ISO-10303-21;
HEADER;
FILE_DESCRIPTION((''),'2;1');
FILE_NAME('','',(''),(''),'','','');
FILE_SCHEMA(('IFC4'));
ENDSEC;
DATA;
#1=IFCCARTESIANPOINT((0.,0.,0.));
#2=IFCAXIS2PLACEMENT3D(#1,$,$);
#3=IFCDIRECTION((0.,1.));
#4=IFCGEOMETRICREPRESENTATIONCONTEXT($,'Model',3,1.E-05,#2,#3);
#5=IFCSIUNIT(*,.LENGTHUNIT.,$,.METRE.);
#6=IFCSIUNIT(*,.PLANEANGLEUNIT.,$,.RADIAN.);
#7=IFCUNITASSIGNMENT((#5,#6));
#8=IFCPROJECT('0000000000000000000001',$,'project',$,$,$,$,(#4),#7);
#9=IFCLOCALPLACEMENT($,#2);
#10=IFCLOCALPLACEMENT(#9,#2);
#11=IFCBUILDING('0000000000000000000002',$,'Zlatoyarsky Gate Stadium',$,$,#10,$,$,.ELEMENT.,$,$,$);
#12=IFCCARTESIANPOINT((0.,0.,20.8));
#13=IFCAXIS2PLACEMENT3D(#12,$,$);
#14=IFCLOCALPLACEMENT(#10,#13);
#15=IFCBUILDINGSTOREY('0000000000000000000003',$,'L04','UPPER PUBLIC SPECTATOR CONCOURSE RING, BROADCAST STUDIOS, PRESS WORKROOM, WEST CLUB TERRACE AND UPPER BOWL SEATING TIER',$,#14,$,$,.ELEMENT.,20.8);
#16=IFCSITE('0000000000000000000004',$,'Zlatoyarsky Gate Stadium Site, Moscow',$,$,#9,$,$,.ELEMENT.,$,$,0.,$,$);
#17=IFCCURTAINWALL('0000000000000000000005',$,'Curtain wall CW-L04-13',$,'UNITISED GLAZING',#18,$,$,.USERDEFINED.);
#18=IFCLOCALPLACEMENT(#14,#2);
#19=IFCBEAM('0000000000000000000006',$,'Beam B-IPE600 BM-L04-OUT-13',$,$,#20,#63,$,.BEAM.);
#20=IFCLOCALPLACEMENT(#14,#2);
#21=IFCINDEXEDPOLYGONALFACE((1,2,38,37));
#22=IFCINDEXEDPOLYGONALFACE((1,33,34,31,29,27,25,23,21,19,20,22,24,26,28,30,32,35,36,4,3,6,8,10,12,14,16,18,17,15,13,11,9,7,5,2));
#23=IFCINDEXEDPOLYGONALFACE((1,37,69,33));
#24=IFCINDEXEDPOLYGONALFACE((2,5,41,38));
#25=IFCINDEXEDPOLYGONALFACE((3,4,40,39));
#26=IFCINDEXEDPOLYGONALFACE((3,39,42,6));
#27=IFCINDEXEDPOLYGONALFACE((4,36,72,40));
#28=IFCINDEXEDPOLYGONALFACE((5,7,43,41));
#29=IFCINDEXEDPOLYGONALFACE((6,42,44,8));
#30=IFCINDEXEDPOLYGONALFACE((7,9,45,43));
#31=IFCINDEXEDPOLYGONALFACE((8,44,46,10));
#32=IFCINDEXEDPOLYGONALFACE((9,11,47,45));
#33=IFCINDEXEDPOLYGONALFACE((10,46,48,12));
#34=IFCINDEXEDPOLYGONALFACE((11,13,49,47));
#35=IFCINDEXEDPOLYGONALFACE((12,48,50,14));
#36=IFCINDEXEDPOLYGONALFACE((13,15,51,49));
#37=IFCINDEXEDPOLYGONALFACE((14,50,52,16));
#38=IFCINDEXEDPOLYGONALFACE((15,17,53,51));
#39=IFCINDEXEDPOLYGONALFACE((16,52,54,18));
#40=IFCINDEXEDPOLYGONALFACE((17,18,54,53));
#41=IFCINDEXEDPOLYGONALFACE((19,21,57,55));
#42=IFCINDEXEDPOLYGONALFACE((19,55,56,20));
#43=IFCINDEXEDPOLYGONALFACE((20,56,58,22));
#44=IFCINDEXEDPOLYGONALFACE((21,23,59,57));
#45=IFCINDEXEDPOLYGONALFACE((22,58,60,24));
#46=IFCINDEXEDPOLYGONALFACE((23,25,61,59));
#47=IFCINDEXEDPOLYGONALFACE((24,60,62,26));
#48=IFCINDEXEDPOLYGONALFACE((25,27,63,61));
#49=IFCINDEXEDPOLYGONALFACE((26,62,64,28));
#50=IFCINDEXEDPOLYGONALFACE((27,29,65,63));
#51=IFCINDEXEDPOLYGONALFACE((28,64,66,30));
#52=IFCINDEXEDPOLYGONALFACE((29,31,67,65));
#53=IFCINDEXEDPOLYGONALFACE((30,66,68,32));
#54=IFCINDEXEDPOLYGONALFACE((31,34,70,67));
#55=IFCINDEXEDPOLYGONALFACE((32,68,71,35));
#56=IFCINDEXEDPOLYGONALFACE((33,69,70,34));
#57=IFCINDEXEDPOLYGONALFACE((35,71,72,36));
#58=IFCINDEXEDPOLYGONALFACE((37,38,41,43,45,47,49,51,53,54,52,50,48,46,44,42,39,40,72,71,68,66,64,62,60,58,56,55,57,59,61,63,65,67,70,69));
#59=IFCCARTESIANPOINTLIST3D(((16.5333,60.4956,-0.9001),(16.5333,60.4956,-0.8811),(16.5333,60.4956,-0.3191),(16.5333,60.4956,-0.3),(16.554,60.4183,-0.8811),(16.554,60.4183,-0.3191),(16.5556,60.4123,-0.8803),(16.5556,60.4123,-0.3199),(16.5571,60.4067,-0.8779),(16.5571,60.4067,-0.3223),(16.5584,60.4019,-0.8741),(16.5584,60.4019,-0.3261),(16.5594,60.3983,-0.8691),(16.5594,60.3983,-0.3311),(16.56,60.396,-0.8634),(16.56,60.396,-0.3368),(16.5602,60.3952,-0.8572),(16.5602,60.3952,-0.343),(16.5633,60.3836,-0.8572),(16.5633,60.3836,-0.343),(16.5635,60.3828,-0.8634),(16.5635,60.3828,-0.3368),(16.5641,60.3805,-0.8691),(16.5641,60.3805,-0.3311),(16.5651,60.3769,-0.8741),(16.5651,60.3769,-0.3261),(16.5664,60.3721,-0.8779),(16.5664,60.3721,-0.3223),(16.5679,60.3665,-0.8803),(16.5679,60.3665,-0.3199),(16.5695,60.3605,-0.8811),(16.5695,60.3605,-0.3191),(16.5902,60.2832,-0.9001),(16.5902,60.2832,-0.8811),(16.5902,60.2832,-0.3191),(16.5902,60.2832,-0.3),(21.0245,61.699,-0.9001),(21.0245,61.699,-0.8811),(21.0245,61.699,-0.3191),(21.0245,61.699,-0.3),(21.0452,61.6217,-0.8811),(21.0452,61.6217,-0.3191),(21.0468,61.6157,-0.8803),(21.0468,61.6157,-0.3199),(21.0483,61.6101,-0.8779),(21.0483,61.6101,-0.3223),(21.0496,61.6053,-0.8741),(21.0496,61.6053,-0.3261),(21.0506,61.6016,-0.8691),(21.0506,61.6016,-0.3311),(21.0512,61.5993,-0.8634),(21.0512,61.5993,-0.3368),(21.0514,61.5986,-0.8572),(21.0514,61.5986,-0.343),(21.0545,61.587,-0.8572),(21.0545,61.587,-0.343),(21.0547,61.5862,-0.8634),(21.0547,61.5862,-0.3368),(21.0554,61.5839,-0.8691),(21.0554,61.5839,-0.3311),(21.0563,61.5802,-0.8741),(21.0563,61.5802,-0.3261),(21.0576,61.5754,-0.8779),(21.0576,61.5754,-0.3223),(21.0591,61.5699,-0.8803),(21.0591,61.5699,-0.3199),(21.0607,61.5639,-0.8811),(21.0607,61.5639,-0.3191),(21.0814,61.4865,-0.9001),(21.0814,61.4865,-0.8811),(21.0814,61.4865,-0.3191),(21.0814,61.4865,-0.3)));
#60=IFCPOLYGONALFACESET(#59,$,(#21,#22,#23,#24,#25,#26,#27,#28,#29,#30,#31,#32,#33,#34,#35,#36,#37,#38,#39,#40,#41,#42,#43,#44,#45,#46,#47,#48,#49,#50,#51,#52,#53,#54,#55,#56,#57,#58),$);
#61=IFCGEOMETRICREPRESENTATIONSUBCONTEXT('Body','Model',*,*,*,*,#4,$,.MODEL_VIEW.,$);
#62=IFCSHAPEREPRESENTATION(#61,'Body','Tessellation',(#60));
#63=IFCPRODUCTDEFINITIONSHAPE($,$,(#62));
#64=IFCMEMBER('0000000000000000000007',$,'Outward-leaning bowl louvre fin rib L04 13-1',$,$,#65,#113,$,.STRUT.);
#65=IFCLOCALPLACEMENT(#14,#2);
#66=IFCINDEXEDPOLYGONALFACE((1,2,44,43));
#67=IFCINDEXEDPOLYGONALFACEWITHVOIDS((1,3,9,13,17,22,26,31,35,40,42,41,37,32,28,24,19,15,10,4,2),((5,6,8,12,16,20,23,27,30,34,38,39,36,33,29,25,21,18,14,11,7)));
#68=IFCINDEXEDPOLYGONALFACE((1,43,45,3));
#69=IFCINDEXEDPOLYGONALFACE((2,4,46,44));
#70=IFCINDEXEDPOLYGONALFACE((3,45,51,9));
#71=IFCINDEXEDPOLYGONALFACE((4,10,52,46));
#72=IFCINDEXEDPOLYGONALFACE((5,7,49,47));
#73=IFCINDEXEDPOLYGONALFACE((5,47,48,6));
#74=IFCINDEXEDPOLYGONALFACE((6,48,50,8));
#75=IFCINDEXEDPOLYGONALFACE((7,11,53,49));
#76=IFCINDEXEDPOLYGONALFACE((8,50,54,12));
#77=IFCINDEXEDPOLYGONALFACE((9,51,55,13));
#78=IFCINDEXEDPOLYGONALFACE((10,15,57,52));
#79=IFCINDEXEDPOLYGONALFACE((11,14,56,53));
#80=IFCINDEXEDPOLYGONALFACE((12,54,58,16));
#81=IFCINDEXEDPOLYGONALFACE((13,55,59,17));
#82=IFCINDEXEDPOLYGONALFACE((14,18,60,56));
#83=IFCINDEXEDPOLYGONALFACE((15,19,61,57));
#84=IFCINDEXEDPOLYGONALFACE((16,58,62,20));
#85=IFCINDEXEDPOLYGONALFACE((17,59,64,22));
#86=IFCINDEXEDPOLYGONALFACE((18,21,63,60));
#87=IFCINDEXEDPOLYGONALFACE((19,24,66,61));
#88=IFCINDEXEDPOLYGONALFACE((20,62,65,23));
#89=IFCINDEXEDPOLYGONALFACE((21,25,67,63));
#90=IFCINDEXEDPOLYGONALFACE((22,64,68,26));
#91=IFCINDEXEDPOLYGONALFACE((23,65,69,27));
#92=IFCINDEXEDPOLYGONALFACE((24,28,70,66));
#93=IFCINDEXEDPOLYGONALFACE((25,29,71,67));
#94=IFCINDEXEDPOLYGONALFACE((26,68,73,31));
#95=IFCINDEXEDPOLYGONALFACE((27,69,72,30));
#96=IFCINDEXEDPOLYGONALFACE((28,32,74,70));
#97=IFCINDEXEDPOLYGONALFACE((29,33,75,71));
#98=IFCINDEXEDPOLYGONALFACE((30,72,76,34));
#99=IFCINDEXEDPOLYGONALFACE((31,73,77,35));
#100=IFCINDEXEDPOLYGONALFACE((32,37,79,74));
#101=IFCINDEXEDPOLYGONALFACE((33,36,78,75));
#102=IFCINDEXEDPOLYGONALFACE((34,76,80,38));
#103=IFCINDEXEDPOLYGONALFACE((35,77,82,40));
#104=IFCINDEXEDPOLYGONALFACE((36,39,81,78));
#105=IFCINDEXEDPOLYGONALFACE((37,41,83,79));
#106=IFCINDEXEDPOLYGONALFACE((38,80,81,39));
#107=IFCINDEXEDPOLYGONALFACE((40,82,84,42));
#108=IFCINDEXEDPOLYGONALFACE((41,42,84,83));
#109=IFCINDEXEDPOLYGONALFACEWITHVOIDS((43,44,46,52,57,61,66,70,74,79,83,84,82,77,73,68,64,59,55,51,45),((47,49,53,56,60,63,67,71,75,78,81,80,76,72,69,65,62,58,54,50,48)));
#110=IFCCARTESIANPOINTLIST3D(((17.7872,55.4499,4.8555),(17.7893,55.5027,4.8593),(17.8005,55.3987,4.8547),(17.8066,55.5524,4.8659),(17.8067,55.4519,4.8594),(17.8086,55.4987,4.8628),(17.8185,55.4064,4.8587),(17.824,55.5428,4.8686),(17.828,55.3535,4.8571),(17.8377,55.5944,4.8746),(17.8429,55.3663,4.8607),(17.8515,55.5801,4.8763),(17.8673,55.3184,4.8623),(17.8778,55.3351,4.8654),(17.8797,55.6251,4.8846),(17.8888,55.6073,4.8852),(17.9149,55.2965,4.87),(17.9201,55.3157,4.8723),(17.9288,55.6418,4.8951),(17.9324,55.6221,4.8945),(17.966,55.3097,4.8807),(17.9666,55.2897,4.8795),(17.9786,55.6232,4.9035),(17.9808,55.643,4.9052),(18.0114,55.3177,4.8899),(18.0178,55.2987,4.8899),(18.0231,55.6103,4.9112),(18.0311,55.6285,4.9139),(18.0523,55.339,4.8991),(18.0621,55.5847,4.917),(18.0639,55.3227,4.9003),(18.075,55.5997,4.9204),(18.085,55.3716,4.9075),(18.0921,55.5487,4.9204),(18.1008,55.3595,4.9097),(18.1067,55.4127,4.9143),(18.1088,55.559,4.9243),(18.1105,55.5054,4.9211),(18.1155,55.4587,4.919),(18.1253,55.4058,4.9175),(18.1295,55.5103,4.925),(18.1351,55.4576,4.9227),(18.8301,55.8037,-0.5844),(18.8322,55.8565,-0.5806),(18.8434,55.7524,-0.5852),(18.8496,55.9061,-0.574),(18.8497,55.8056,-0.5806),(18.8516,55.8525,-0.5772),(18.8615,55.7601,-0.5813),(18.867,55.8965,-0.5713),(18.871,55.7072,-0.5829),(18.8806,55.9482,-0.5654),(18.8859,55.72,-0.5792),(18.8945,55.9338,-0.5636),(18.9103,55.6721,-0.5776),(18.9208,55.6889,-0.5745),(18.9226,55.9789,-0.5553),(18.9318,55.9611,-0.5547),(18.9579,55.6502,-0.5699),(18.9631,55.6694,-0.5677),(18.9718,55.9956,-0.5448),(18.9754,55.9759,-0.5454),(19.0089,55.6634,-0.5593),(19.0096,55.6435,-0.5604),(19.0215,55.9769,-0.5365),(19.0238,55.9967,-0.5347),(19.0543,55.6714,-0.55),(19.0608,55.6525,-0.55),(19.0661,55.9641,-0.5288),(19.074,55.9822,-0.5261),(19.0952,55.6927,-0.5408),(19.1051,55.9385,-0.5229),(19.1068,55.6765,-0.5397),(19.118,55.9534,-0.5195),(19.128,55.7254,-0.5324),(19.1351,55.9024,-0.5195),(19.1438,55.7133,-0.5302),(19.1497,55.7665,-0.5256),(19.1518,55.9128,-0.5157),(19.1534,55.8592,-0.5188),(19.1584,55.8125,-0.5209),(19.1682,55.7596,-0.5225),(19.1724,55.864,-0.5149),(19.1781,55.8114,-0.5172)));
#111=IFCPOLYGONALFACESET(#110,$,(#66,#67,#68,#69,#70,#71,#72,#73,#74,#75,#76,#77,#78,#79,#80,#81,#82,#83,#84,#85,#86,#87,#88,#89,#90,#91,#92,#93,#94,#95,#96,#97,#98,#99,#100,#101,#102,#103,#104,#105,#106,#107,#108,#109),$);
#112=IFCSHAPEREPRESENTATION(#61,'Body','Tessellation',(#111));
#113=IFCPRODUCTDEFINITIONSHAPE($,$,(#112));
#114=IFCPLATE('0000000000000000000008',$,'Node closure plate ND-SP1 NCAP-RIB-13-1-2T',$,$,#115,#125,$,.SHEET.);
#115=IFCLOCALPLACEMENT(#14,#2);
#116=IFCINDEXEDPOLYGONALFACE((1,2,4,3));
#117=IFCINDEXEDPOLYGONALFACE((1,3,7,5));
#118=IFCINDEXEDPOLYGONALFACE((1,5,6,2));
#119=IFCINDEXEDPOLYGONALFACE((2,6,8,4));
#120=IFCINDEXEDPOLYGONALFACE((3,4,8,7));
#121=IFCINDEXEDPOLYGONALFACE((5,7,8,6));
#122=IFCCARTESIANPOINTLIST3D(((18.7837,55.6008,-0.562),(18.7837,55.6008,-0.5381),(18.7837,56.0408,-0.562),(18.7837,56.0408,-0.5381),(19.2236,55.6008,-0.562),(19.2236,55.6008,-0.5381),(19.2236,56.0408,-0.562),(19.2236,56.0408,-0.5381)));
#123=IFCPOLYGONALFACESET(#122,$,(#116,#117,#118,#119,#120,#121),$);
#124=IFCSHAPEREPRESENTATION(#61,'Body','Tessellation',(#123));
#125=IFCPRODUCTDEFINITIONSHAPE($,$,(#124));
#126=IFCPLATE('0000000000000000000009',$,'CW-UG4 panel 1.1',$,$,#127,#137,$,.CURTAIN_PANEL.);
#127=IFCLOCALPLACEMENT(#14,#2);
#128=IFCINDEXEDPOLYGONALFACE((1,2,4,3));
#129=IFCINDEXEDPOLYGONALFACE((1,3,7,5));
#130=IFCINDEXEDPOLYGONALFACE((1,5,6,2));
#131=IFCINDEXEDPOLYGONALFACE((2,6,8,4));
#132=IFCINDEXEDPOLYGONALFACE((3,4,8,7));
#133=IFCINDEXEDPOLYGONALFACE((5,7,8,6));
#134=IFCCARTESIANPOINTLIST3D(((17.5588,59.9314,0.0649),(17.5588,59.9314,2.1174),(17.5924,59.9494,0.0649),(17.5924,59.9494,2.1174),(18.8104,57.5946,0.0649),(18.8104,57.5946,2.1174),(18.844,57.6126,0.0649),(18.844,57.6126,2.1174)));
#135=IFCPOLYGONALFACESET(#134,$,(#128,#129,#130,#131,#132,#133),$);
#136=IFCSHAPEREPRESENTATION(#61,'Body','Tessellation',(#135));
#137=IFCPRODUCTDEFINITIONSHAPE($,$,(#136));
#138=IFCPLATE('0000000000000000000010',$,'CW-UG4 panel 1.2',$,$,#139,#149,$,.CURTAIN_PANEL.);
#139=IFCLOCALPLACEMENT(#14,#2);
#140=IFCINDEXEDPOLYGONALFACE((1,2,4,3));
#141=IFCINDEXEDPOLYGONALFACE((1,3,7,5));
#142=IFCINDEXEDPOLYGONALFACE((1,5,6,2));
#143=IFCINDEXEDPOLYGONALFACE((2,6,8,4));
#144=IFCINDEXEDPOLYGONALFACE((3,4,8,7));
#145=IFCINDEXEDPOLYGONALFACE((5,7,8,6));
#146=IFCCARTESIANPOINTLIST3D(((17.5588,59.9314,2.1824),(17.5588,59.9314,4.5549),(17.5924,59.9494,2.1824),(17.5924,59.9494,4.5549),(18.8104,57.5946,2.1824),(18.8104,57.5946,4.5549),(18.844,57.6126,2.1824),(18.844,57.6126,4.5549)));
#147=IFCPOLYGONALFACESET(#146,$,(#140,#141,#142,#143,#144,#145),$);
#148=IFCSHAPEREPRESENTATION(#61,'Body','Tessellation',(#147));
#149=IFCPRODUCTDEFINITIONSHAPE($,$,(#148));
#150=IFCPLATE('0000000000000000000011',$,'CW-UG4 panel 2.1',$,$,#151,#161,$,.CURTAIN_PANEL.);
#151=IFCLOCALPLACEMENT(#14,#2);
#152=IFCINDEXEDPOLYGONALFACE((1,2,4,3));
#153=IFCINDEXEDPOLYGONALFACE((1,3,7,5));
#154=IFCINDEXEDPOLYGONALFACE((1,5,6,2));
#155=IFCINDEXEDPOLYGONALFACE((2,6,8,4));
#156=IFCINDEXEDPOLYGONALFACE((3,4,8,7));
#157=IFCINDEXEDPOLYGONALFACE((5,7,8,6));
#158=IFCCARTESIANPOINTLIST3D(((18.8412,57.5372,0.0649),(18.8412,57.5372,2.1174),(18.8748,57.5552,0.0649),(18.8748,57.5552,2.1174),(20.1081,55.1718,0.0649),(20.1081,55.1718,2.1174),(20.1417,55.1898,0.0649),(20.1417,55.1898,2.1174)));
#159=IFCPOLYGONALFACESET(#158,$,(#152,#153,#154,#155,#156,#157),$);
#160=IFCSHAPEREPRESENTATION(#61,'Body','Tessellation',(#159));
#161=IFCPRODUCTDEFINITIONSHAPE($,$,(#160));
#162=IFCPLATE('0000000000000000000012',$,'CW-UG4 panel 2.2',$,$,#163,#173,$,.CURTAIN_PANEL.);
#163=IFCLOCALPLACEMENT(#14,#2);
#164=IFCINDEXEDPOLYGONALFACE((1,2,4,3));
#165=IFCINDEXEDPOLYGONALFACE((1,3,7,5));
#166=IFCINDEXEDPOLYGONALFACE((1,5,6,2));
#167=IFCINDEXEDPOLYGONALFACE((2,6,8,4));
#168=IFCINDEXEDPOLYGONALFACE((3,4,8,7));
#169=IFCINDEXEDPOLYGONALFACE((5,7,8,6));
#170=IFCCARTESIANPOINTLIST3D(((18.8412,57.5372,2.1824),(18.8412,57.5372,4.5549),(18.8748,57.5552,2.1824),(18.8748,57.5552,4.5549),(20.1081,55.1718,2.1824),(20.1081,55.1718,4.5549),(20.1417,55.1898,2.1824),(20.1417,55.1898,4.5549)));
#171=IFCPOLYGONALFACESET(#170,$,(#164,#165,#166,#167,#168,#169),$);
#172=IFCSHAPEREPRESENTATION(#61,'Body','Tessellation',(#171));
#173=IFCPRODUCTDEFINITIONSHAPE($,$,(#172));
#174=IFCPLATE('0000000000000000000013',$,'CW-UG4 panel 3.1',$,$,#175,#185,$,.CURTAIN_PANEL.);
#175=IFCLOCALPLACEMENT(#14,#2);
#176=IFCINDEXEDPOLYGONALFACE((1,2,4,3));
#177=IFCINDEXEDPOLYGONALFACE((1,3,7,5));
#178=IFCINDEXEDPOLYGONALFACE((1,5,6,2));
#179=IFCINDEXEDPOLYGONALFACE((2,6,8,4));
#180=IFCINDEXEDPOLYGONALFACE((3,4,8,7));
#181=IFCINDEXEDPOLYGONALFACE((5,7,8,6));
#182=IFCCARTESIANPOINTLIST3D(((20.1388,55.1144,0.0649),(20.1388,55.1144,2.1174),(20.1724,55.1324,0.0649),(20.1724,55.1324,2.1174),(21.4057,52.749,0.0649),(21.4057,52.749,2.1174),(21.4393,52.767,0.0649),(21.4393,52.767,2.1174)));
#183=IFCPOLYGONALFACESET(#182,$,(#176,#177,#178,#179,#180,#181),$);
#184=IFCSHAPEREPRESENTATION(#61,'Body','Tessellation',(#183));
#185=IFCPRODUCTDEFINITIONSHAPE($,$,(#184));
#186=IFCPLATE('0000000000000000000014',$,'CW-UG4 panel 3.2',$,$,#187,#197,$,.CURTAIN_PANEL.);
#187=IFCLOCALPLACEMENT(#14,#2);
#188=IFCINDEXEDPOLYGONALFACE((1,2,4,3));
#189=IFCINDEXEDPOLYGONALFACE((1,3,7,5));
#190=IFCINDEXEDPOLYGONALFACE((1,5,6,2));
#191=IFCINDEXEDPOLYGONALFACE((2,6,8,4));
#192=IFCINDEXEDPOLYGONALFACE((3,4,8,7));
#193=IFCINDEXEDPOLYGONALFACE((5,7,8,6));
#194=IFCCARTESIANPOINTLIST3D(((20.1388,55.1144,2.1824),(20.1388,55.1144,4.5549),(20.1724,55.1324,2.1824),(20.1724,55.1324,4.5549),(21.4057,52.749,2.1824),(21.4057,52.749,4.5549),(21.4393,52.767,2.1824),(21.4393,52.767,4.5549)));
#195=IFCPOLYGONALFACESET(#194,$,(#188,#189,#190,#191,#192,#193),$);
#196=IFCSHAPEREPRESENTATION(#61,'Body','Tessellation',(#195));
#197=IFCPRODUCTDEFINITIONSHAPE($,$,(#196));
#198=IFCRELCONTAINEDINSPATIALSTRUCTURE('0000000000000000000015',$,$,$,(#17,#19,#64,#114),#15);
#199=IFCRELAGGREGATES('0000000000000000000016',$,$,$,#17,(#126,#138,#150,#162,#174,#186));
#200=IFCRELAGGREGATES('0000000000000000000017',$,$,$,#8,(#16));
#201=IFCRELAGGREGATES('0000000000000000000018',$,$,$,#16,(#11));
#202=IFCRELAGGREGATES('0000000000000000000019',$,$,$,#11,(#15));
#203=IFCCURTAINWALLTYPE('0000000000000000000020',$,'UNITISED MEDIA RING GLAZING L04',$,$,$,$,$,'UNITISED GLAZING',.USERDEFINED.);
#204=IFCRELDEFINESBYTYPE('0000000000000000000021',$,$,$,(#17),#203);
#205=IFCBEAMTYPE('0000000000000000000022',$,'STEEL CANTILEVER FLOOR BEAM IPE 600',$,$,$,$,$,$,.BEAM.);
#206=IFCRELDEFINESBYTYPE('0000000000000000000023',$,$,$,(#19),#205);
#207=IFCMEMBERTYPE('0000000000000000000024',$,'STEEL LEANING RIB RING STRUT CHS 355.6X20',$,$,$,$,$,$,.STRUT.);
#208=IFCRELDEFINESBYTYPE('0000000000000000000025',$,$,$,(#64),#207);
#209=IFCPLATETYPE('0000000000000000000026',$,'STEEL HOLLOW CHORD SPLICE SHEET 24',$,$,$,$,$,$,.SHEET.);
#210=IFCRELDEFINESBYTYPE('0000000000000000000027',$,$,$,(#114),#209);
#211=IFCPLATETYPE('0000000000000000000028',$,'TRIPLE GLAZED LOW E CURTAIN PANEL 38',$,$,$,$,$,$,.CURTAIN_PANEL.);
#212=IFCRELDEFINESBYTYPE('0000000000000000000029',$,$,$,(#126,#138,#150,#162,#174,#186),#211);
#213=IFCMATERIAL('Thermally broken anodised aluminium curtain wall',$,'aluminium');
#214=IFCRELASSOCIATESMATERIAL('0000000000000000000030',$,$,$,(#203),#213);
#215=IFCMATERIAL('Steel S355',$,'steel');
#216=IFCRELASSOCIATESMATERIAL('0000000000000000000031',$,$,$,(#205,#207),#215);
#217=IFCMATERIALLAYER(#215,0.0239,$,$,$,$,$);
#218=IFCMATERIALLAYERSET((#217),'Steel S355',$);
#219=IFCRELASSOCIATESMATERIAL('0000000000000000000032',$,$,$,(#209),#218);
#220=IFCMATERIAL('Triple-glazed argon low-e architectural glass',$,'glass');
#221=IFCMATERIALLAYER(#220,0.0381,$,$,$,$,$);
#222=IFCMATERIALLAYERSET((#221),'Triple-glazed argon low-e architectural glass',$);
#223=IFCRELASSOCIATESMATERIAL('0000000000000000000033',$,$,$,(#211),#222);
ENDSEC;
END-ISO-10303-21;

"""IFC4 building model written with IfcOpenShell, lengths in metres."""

from ifc_helpers import new_model, si_unit, direction, frame, origin, origin_2d, place, context, subcontext, project, spatial, rectangle, hollow_circle, i_section, extrude, material, layer, layer_set, material_profile, profile_set, type_object, element, aggregate, save


model = new_model("IFC4")

# Units and contexts
model_context = context("Model", 3, precision=1e-05, world=origin(), true_north=direction((0.0, 1.0)))
body_context = subcontext(model_context, "Body", "Model", "MODEL_VIEW")
ifc_project = project(units=[si_unit("LENGTHUNIT", "METRE"), si_unit("PLANEANGLEUNIT", "RADIAN")], contexts=[model_context])

# Site, building, storey
site_placement = place(None, origin())
site = spatial("IfcSite", under=ifc_project, at=site_placement, Name="Zlatoyarsky Gate Stadium Site, Moscow", CompositionType="ELEMENT", RefElevation=0.0)
building_placement = place(site_placement, origin())
building = spatial("IfcBuilding", under=site, at=building_placement, Name="Zlatoyarsky Gate Stadium", CompositionType="ELEMENT")
storey_placement = place(building_placement, frame((0.0, 0.0, 20.8)))
storey = spatial("IfcBuildingStorey", under=building, at=storey_placement, Name="L04", Description="UPPER PUBLIC SPECTATOR CONCOURSE RING, BROADCAST STUDIOS, PRESS WORKROOM, WEST CLUB TERRACE AND UPPER BOWL SEATING TIER", CompositionType="ELEMENT", Elevation=20.8)

# Curtain wall
ifc_material_1 = material(Name="Thermally broken anodised aluminium curtain wall", Category="aluminium")
curtain_wall_type = type_object("IfcCurtainWallType", Name="UNITISED MEDIA RING GLAZING L04", ElementType="UNITISED GLAZING", PredefinedType="USERDEFINED", material=ifc_material_1)
curtain_wall_placement = place(storey_placement, origin())
curtain_wall = element("IfcCurtainWall", 1, at=curtain_wall_placement, inside=storey, type_object=curtain_wall_type, Name="Curtain wall CW-L04-13", ObjectType="UNITISED GLAZING", PredefinedType="USERDEFINED")

# Beam
ifc_material_2 = material(Name="Steel S355", Category="steel")
ifc_material_profile_1 = material_profile(ifc_material_2, i_section(OverallWidth=0.22, OverallDepth=0.6001, WebThickness=0.012, FlangeThickness=0.019, FilletRadius=0.0239, at=origin_2d()), Name="IPE 600")
ifc_profile_set_1 = profile_set([ifc_material_profile_1], Name="Steel S355")
beam_type = type_object("IfcBeamType", Name="STEEL CANTILEVER FLOOR BEAM IPE 600", PredefinedType="BEAM", material=ifc_profile_set_1)
beam_placement = place(storey_placement, frame((21.053, 61.5928, -0.6001), z_axis=(-0.965928, -0.25881, 0.0), x_axis=(0.25881, -0.965928, 0.0)))
element("IfcBeam", 2, at=beam_placement, inside=storey, type_object=beam_type, Name="Beam B-IPE600 BM-L04-OUT-13", PredefinedType="BEAM", context=body_context, shape_type="SweptSolid", body=[
    extrude(i_section(OverallWidth=0.22, OverallDepth=0.6001, WebThickness=0.012, FlangeThickness=0.019, FilletRadius=0.0239, at=origin_2d()), origin(), (0.0, 0.0, 1.0), 4.6497),
])

# Member
ifc_material_profile_2 = material_profile(ifc_material_2, hollow_circle(Radius=0.1777, WallThickness=0.02, at=origin_2d()), Name="CHS 355.6X20")
ifc_profile_set_2 = profile_set([ifc_material_profile_2], Name="Steel S355")
member_type_1 = type_object("IfcMemberType", Name="STEEL LEANING RIB RING STRUT CHS 355.6X20", PredefinedType="STRUT", material=ifc_profile_set_2)
member_1_placement = place(storey_placement, frame((19.0037, 55.8208, -0.55), z_axis=(-0.187912, -0.063737, 0.980116), x_axis=(0.321211, -0.947008, 0.0)))
element("IfcMember", 3, at=member_1_placement, inside=storey, type_object=member_type_1, Name="Outward-leaning bowl louvre fin rib L04 13-1", PredefinedType="STRUT", context=body_context, shape_type="SweptSolid", body=[
    extrude(hollow_circle(Radius=0.1777, WallThickness=0.02, at=origin_2d()), origin(), (0.0, 0.0, 1.0), 5.5503),
])

# Plates
ifc_layer_1 = layer(ifc_material_2, 0.0239)
ifc_layer_set_1 = layer_set([ifc_layer_1], Name="Steel S355")
plate_type_1 = type_object("IfcPlateType", Name="STEEL HOLLOW CHORD SPLICE SHEET 24", PredefinedType="SHEET", material=ifc_layer_set_1)
plate_1_placement = place(storey_placement, frame((19.0037, 55.8208, -0.562), z_axis=(0.0, 0.0, 1.0), x_axis=(1.0, 0.0, 0.0)))
element("IfcPlate", 4, at=plate_1_placement, inside=storey, type_object=plate_type_1, Name="Node closure plate ND-SP1 NCAP-RIB-13-1-2T", PredefinedType="SHEET", context=body_context, shape_type="SweptSolid", body=[
    extrude(rectangle(XDim=0.4399, YDim=0.4399, at=origin_2d()), origin(), (0.0, 0.0, 1.0), 0.0239),
])
ifc_material_3 = material(Name="Triple-glazed argon low-e architectural glass", Category="glass")
ifc_layer_2 = layer(ifc_material_3, 0.0381)
ifc_layer_set_2 = layer_set([ifc_layer_2], Name="Triple-glazed argon low-e architectural glass")
plate_type_2 = type_object("IfcPlateType", Name="TRIPLE GLAZED LOW E CURTAIN PANEL 38", PredefinedType="CURTAIN_PANEL", material=ifc_layer_set_2)
plate_2_placement = place(storey_placement, frame((18.2014, 58.772, 0.0649), z_axis=(0.0, 0.0, 1.0), x_axis=(0.472145, -0.881521, 0.0)))
plate_2 = element("IfcPlate", 5, at=plate_2_placement, type_object=plate_type_2, Name="CW-UG4 panel 1.1", PredefinedType="CURTAIN_PANEL", context=body_context, shape_type="SweptSolid", body=[
    extrude(rectangle(XDim=2.6509, YDim=0.0381, at=origin_2d()), origin(), (0.0, 0.0, 1.0), 2.0525),
])
plate_3_placement = place(storey_placement, frame((18.2014, 58.772, 2.1824), z_axis=(0.0, 0.0, 1.0), x_axis=(0.472145, -0.881521, 0.0)))
plate_3 = element("IfcPlate", 6, at=plate_3_placement, type_object=plate_type_2, Name="CW-UG4 panel 1.2", PredefinedType="CURTAIN_PANEL", context=body_context, shape_type="SweptSolid", body=[
    extrude(rectangle(XDim=2.6509, YDim=0.0381, at=origin_2d()), origin(), (0.0, 0.0, 1.0), 2.3726),
])
plate_4_placement = place(storey_placement, frame((19.4915, 56.3635, 0.0649), z_axis=(0.0, 0.0, 1.0), x_axis=(0.472145, -0.881521, 0.0)))
plate_4 = element("IfcPlate", 7, at=plate_4_placement, type_object=plate_type_2, Name="CW-UG4 panel 2.1", PredefinedType="CURTAIN_PANEL", context=body_context, shape_type="SweptSolid", body=[
    extrude(rectangle(XDim=2.6833, YDim=0.0381, at=origin_2d()), origin(), (0.0, 0.0, 1.0), 2.0525),
])
plate_5_placement = place(storey_placement, frame((19.4915, 56.3635, 2.1824), z_axis=(0.0, 0.0, 1.0), x_axis=(0.472145, -0.881521, 0.0)))
plate_5 = element("IfcPlate", 8, at=plate_5_placement, type_object=plate_type_2, Name="CW-UG4 panel 2.2", PredefinedType="CURTAIN_PANEL", context=body_context, shape_type="SweptSolid", body=[
    extrude(rectangle(XDim=2.6833, YDim=0.0381, at=origin_2d()), origin(), (0.0, 0.0, 1.0), 2.3726),
])
plate_6_placement = place(storey_placement, frame((20.7891, 53.9407, 0.0649), z_axis=(0.0, 0.0, 1.0), x_axis=(0.472145, -0.881521, 0.0)))
plate_6 = element("IfcPlate", 9, at=plate_6_placement, type_object=plate_type_2, Name="CW-UG4 panel 3.1", PredefinedType="CURTAIN_PANEL", context=body_context, shape_type="SweptSolid", body=[
    extrude(rectangle(XDim=2.6833, YDim=0.0381, at=origin_2d()), origin(), (0.0, 0.0, 1.0), 2.0525),
])
plate_7_placement = place(storey_placement, frame((20.7891, 53.9407, 2.1824), z_axis=(0.0, 0.0, 1.0), x_axis=(0.472145, -0.881521, 0.0)))
plate_7 = element("IfcPlate", 10, at=plate_7_placement, type_object=plate_type_2, Name="CW-UG4 panel 3.2", PredefinedType="CURTAIN_PANEL", context=body_context, shape_type="SweptSolid", body=[
    extrude(rectangle(XDim=2.6833, YDim=0.0381, at=origin_2d()), origin(), (0.0, 0.0, 1.0), 2.3726),
])
aggregate(curtain_wall, [plate_2, plate_3, plate_4, plate_5, plate_6, plate_7])

save(model, "model.ifc")
